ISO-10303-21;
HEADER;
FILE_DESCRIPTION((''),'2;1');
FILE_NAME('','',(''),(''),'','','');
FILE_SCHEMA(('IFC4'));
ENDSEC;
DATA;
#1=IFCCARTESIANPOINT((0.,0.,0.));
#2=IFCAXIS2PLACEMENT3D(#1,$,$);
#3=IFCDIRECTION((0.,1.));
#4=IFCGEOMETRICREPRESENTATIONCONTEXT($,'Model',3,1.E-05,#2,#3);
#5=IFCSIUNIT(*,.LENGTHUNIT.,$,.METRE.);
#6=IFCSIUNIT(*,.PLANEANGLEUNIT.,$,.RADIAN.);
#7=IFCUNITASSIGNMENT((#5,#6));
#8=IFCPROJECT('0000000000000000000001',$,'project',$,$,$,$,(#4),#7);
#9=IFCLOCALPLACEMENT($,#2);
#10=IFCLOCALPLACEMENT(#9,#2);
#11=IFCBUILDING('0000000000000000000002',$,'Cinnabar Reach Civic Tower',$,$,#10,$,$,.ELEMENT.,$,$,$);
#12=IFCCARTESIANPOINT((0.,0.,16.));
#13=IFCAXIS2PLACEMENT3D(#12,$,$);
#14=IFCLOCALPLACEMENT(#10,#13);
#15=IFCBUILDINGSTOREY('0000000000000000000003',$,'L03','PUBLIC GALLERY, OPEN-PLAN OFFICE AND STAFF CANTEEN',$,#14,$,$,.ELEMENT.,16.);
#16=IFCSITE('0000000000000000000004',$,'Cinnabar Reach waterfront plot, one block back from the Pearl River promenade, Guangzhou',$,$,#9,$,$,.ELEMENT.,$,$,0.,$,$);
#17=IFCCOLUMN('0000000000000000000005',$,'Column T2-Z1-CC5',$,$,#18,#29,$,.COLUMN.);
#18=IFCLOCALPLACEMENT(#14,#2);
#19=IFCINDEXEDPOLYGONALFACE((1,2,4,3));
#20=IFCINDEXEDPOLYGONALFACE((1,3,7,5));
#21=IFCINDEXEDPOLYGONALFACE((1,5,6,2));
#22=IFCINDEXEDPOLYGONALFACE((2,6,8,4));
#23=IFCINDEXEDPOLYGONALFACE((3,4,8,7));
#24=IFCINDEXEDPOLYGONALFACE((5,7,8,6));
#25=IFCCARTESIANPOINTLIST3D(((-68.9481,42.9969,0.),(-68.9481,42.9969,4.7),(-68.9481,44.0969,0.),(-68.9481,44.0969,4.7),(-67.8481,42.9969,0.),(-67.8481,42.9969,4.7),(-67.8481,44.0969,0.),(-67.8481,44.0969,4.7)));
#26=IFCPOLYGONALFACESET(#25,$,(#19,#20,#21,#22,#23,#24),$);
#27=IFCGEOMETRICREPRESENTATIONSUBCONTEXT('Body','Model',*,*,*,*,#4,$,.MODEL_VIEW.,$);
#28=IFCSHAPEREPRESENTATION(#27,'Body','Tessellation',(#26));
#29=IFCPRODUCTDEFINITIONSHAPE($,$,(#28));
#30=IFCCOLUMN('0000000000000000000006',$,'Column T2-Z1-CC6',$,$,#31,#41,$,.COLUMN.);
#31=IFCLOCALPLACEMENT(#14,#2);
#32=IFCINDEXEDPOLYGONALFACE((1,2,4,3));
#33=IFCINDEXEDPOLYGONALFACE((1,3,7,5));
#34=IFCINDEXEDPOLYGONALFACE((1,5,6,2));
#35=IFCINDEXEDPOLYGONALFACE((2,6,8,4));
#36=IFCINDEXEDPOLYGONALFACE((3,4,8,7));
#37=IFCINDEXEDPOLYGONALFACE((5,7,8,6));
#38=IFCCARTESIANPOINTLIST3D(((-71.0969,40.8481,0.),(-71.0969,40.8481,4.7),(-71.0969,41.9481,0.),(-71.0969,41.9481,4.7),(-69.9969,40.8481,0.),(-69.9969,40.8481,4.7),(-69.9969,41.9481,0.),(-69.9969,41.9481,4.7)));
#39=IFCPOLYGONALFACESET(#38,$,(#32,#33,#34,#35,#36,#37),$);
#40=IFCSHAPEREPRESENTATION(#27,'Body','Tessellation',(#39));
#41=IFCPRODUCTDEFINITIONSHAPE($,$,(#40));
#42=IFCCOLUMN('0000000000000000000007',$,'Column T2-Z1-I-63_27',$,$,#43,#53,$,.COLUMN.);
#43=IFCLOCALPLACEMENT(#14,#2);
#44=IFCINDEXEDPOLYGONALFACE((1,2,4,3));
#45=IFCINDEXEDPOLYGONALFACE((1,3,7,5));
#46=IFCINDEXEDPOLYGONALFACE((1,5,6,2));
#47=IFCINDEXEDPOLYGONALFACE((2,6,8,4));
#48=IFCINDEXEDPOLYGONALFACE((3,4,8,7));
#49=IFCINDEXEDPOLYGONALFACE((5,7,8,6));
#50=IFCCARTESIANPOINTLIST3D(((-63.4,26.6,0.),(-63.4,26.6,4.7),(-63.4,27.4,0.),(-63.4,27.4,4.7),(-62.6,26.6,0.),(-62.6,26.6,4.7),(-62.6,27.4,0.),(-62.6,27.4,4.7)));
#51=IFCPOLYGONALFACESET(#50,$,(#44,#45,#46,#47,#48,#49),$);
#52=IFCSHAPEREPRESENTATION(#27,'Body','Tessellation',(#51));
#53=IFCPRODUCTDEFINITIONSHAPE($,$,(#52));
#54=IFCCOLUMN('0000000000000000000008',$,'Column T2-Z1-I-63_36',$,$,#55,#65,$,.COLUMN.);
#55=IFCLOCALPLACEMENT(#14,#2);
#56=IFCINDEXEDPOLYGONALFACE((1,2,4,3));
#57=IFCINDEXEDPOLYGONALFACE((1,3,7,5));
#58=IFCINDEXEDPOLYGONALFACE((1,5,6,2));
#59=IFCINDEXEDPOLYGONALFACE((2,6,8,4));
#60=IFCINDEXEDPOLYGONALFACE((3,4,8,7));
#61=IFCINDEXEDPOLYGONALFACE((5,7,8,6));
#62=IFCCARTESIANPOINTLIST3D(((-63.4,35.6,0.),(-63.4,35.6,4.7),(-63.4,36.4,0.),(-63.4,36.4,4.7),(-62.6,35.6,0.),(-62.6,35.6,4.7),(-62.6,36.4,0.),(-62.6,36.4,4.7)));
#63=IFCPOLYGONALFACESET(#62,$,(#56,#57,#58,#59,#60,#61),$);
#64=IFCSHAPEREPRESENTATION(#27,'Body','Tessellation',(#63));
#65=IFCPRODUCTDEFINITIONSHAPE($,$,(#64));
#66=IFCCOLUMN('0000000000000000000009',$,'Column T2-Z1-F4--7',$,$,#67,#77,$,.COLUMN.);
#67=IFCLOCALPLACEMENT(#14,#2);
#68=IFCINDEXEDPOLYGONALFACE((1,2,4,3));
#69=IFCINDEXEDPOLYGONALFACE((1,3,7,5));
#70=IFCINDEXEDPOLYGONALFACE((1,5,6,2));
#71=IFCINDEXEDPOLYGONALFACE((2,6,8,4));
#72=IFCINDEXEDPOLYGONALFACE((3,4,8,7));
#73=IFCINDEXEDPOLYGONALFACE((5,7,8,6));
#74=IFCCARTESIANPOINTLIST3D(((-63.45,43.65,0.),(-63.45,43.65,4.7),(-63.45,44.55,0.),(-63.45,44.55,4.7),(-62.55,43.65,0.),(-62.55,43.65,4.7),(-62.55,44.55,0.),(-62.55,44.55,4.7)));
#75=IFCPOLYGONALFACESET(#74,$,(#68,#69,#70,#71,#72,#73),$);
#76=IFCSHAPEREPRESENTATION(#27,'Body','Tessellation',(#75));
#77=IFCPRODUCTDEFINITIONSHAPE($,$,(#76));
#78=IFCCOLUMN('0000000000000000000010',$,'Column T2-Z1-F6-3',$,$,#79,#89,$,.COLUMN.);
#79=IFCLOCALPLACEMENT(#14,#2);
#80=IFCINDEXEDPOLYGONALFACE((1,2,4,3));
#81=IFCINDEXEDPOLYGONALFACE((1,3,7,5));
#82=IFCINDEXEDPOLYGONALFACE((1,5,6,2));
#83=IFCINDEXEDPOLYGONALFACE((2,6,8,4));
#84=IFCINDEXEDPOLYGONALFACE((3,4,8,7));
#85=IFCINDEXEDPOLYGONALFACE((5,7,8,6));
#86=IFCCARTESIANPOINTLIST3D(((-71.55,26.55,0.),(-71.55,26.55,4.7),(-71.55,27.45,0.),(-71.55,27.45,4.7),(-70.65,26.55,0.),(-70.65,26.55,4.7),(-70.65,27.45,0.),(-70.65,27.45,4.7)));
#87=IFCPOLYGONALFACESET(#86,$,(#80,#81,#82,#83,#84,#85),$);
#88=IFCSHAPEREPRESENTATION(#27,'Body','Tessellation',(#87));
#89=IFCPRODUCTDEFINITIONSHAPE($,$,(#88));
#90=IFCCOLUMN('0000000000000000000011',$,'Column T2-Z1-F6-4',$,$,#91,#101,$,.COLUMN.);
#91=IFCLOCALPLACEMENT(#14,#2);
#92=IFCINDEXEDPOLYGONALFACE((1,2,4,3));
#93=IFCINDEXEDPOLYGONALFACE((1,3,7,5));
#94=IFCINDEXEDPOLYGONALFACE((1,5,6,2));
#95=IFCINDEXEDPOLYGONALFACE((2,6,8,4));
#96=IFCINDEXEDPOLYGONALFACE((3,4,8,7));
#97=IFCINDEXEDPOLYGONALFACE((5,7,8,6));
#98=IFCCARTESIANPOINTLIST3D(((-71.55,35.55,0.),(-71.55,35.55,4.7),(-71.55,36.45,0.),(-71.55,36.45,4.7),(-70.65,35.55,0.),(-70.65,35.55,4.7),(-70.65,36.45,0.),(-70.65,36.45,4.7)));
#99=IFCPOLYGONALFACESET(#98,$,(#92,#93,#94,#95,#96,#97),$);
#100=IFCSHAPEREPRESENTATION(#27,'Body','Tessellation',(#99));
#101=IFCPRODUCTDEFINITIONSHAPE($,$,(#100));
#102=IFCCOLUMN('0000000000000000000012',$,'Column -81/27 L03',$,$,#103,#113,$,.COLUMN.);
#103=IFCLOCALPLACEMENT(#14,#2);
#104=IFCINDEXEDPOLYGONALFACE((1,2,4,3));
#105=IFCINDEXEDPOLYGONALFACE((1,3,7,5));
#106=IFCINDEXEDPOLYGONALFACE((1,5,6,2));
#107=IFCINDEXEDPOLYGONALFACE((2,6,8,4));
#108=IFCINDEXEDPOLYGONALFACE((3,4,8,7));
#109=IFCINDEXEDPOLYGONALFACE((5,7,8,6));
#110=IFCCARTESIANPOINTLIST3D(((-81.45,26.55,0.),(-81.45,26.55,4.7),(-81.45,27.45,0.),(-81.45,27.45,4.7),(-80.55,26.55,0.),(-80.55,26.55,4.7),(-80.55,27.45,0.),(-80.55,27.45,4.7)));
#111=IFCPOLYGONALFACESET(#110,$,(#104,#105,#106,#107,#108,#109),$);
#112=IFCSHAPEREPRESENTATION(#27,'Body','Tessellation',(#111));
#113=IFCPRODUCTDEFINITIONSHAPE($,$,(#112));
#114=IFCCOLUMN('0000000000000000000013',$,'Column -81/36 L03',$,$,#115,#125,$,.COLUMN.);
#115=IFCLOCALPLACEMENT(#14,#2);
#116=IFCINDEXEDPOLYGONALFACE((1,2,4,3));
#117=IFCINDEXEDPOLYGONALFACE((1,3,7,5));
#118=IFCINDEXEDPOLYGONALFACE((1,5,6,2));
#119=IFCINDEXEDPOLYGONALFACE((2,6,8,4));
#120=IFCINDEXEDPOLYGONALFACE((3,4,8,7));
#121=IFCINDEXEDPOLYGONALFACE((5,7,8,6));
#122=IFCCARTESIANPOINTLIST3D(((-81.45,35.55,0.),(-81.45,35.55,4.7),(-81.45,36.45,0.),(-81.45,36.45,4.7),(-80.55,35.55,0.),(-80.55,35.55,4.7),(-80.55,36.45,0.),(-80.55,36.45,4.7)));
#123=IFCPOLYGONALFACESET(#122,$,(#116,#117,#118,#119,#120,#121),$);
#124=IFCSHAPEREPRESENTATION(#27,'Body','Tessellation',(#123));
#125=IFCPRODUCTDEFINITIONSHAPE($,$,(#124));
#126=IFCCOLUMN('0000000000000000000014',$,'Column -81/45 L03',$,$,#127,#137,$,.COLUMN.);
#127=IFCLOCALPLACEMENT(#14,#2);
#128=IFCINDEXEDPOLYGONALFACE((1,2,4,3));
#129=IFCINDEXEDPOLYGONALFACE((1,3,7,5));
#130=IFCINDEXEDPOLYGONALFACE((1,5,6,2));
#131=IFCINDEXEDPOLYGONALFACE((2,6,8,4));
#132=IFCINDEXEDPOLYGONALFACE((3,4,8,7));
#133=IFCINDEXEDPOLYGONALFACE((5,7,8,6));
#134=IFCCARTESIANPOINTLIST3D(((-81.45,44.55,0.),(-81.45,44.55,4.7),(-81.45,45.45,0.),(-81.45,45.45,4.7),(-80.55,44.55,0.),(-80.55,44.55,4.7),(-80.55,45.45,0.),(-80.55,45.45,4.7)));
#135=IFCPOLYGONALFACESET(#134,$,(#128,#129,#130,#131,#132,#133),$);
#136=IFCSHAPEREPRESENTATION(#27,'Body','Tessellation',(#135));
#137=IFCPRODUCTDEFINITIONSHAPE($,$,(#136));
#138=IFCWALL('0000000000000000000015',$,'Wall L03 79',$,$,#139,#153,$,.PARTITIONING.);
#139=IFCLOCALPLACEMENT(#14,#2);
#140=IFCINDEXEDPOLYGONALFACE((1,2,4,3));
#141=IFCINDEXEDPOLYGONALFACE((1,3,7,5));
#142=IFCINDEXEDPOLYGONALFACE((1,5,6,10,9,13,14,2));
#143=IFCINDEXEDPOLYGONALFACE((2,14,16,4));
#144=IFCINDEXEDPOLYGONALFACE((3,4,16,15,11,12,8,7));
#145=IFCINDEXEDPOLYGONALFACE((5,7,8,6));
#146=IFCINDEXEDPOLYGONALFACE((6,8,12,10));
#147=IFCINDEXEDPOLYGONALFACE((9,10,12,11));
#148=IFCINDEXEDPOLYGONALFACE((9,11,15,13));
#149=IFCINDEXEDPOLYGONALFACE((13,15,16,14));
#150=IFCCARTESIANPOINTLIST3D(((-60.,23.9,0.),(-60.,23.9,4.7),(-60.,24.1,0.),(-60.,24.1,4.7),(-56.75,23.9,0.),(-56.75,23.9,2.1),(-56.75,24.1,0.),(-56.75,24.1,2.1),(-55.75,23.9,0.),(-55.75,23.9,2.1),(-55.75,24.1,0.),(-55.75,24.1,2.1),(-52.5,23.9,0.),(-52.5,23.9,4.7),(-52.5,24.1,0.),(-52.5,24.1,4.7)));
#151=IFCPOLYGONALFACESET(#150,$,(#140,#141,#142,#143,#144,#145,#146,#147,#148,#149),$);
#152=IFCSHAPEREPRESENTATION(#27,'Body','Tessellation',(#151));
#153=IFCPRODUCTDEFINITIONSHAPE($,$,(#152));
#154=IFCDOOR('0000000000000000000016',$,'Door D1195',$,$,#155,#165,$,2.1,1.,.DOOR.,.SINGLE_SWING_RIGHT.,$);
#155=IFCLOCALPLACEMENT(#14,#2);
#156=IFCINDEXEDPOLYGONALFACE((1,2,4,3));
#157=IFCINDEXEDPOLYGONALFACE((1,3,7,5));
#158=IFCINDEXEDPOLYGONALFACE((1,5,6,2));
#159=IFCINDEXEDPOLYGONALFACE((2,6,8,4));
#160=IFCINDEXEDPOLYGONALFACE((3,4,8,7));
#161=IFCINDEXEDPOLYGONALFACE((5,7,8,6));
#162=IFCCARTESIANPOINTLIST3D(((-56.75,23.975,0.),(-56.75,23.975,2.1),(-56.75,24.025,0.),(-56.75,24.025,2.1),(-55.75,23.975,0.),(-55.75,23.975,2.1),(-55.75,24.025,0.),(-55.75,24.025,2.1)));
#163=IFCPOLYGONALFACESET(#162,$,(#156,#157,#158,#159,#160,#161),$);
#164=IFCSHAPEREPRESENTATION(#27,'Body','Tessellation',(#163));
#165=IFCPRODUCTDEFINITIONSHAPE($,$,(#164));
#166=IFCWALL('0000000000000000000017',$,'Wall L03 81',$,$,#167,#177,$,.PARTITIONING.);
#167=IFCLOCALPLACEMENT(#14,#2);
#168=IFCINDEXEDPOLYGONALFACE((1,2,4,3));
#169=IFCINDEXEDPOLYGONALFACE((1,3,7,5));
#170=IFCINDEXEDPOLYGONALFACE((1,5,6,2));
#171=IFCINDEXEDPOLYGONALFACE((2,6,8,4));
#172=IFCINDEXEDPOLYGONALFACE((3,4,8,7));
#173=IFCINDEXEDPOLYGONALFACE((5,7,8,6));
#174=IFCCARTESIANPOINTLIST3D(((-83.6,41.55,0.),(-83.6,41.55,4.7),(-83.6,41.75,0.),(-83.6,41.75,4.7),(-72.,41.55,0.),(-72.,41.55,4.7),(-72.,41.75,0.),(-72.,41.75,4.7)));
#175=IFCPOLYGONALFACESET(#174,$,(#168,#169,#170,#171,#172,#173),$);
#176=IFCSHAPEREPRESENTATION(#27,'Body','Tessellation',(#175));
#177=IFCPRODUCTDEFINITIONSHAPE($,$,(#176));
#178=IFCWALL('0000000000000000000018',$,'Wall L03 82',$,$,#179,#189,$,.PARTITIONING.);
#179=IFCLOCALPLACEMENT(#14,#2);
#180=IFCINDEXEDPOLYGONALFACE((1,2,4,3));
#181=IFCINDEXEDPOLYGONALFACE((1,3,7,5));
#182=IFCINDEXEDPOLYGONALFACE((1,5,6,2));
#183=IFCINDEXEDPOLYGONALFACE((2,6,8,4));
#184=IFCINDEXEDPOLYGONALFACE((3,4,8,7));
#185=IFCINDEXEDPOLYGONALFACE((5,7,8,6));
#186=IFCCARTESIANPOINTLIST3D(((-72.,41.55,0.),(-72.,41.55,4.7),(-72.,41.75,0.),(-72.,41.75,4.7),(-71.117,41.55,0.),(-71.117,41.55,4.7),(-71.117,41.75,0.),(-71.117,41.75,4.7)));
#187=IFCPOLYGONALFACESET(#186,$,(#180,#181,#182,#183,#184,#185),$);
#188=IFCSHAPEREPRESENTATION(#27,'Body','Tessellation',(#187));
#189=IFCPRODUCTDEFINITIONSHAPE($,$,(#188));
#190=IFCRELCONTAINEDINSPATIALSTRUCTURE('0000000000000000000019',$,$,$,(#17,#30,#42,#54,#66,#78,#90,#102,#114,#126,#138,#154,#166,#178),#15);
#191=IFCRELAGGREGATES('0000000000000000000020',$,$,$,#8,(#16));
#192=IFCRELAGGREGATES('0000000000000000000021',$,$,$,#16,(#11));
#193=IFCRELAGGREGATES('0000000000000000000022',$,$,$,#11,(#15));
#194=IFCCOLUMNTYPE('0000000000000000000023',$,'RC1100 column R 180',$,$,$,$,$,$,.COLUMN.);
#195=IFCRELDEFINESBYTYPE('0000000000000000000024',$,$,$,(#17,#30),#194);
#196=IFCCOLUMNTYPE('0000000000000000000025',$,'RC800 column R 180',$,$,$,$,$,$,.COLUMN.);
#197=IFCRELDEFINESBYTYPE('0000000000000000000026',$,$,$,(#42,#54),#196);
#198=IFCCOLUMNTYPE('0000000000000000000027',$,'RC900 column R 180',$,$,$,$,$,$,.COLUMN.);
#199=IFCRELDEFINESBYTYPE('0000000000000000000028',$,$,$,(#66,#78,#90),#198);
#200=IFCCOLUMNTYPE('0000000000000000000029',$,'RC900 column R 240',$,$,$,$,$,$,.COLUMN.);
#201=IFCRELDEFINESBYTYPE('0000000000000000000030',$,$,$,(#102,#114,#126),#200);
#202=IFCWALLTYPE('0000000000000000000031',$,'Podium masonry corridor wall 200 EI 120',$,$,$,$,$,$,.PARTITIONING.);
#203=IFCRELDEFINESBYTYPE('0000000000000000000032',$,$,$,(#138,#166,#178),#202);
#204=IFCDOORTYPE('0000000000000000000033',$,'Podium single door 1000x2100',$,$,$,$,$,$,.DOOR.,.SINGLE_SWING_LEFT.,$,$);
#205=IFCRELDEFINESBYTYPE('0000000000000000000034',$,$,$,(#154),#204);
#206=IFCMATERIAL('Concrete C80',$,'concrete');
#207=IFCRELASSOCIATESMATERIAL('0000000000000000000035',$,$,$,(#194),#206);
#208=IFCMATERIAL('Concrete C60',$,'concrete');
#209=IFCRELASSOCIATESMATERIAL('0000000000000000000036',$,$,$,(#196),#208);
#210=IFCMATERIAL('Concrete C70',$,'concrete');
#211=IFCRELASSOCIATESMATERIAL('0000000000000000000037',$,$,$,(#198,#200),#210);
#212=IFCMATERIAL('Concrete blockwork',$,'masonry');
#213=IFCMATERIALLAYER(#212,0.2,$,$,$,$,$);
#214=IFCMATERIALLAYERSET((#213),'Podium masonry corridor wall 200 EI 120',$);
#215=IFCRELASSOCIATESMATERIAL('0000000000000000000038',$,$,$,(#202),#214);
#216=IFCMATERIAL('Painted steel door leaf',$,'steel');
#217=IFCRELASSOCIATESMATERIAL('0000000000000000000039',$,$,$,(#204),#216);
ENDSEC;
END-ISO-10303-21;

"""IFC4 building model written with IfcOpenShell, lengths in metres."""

from ifc_helpers import new_model, si_unit, direction, frame, frame_2d, origin, origin_2d, place, context, subcontext, project, spatial, rectangle, extrude, material, layer, layer_set, material_profile, profile_set, type_object, element, fill, save


model = new_model("IFC4")

# Units and contexts
model_context = context("Model", 3, precision=1e-05, world=origin(), true_north=direction((0.0, 1.0)))
body_context = subcontext(model_context, "Body", "Model", "MODEL_VIEW")
ifc_project = project(units=[si_unit("LENGTHUNIT", "METRE"), si_unit("PLANEANGLEUNIT", "RADIAN")], contexts=[model_context])

# Site, building, storey
site_placement = place(None, origin())
site = spatial("IfcSite", under=ifc_project, at=site_placement, Name="Cinnabar Reach waterfront plot, one block back from the Pearl River promenade, Guangzhou", CompositionType="ELEMENT", RefElevation=0.0)
building_placement = place(site_placement, origin())
building = spatial("IfcBuilding", under=site, at=building_placement, Name="Cinnabar Reach Civic Tower", CompositionType="ELEMENT")
storey_placement = place(building_placement, frame((0.0, 0.0, 16.0)))
storey = spatial("IfcBuildingStorey", under=building, at=storey_placement, Name="L03", Description="PUBLIC GALLERY, OPEN-PLAN OFFICE AND STAFF CANTEEN", CompositionType="ELEMENT", Elevation=16.0)

# Columns
ifc_material_1 = material(Name="Concrete C80", Category="concrete")
ifc_material_profile_1 = material_profile(ifc_material_1, rectangle(XDim=1.1, YDim=1.1, at=origin_2d()), Name="RC1100")
ifc_profile_set_1 = profile_set([ifc_material_profile_1], Name="Concrete C80")
column_type_1 = type_object("IfcColumnType", Name="RC1100 column R 180", PredefinedType="COLUMN", material=ifc_profile_set_1)
for number, where, z_axis, x_axis, name in (
    (1, (-68.3981, 43.5469, 0.0), (0.0, 0.0, 1.0), (1.0, 0.0, 0.0), "Column T2-Z1-CC5"),
    (2, (-70.5469, 41.3981, 0.0), (0.0, 0.0, 1.0), (1.0, 0.0, 0.0), "Column T2-Z1-CC6"),
):
    element("IfcColumn", number, at=place(storey_placement, frame(where, z_axis=z_axis, x_axis=x_axis)), inside=storey, type_object=column_type_1, Name=name, PredefinedType="COLUMN", context=body_context, shape_type="SweptSolid", body=[
        extrude(rectangle(XDim=1.1, YDim=1.1, at=origin_2d()), origin(), (0.0, 0.0, 1.0), 4.7),
    ])
ifc_material_2 = material(Name="Concrete C60", Category="concrete")
ifc_material_profile_2 = material_profile(ifc_material_2, rectangle(XDim=0.8, YDim=0.8, at=origin_2d()), Name="RC800")
ifc_profile_set_2 = profile_set([ifc_material_profile_2], Name="Concrete C60")
column_type_2 = type_object("IfcColumnType", Name="RC800 column R 180", PredefinedType="COLUMN", material=ifc_profile_set_2)
for number, where, z_axis, x_axis, name in (
    (3, (-63.0, 27.0, 0.0), (0.0, 0.0, 1.0), (1.0, 0.0, 0.0), "Column T2-Z1-I-63_27"),
    (4, (-63.0, 36.0, 0.0), (0.0, 0.0, 1.0), (1.0, 0.0, 0.0), "Column T2-Z1-I-63_36"),
):
    element("IfcColumn", number, at=place(storey_placement, frame(where, z_axis=z_axis, x_axis=x_axis)), inside=storey, type_object=column_type_2, Name=name, PredefinedType="COLUMN", context=body_context, shape_type="SweptSolid", body=[
        extrude(rectangle(XDim=0.8, YDim=0.8, at=origin_2d()), origin(), (0.0, 0.0, 1.0), 4.7),
    ])
ifc_material_3 = material(Name="Concrete C70", Category="concrete")
ifc_material_profile_3 = material_profile(ifc_material_3, rectangle(XDim=0.9, YDim=0.9, at=origin_2d()), Name="RC900")
ifc_profile_set_3 = profile_set([ifc_material_profile_3], Name="Concrete C70")
column_type_3 = type_object("IfcColumnType", Name="RC900 column R 180", PredefinedType="COLUMN", material=ifc_profile_set_3)
for number, where, z_axis, x_axis, name in (
    (5, (-63.0, 44.1, 0.0), (0.0, 0.0, 1.0), (1.0, 0.0, 0.0), "Column T2-Z1-F4--7"),
    (6, (-71.1, 27.0, 0.0), (0.0, 0.0, 1.0), (1.0, 0.0, 0.0), "Column T2-Z1-F6-3"),
    (7, (-71.1, 36.0, 0.0), (0.0, 0.0, 1.0), (1.0, 0.0, 0.0), "Column T2-Z1-F6-4"),
):
    element("IfcColumn", number, at=place(storey_placement, frame(where, z_axis=z_axis, x_axis=x_axis)), inside=storey, type_object=column_type_3, Name=name, PredefinedType="COLUMN", context=body_context, shape_type="SweptSolid", body=[
        extrude(rectangle(XDim=0.9, YDim=0.9, at=origin_2d()), origin(), (0.0, 0.0, 1.0), 4.7),
    ])
ifc_material_profile_4 = material_profile(ifc_material_3, rectangle(XDim=0.9, YDim=0.9, at=origin_2d()), Name="RC900")
ifc_profile_set_4 = profile_set([ifc_material_profile_4], Name="Concrete C70")
column_type_4 = type_object("IfcColumnType", Name="RC900 column R 240", PredefinedType="COLUMN", material=ifc_profile_set_4)
for number, where, z_axis, x_axis, name in (
    (8, (-81.0, 27.0, 0.0), (0.0, 0.0, 1.0), (1.0, 0.0, 0.0), "Column -81/27 L03"),
    (9, (-81.0, 36.0, 0.0), (0.0, 0.0, 1.0), (1.0, 0.0, 0.0), "Column -81/36 L03"),
    (10, (-81.0, 45.0, 0.0), (0.0, 0.0, 1.0), (1.0, 0.0, 0.0), "Column -81/45 L03"),
):
    element("IfcColumn", number, at=place(storey_placement, frame(where, z_axis=z_axis, x_axis=x_axis)), inside=storey, type_object=column_type_4, Name=name, PredefinedType="COLUMN", context=body_context, shape_type="SweptSolid", body=[
        extrude(rectangle(XDim=0.9, YDim=0.9, at=origin_2d()), origin(), (0.0, 0.0, 1.0), 4.7),
    ])

# Wall, opening, door
ifc_material_4 = material(Name="Concrete blockwork", Category="masonry")
ifc_layer_1 = layer(ifc_material_4, 0.2)
ifc_layer_set_1 = layer_set([ifc_layer_1], Name="Podium masonry corridor wall 200 EI 120")
wall_type_1 = type_object("IfcWallType", Name="Podium masonry corridor wall 200 EI 120", PredefinedType="PARTITIONING", material=ifc_layer_set_1)
wall_1_placement = place(storey_placement, frame((-60.0, 24.0, 0.0), z_axis=(0.0, 0.0, 1.0), x_axis=(1.0, 0.0, 0.0)))
wall_1 = element("IfcWall", 11, at=wall_1_placement, inside=storey, type_object=wall_type_1, Name="Wall L03 79", PredefinedType="PARTITIONING", context=body_context, shape_type="SweptSolid", body=[
    extrude(rectangle(XDim=7.5, YDim=0.2, at=frame_2d((3.75, 0.0))), origin(), (0.0, 0.0, 1.0), 4.7),
])
opening_1_placement = place(wall_1_placement, frame((3.25, 0.0, 0.0)))
opening_1 = element("IfcOpeningElement", 12, at=opening_1_placement, cuts=wall_1, PredefinedType="OPENING", context=body_context, shape_type="SweptSolid", body=[
    extrude(rectangle(XDim=1.0, YDim=2.1, at=frame_2d((0.5, 1.05))), frame((0.0, 0.11, 0.0), z_axis=(0.0, -1.0, 0.0), x_axis=(1.0, 0.0, 0.0)), (0.0, 0.0, 1.0), 0.22),
])
ifc_material_5 = material(Name="Painted steel door leaf", Category="steel")
door_type_1 = type_object("IfcDoorType", Name="Podium single door 1000x2100", OperationType="SINGLE_SWING_LEFT", PredefinedType="DOOR", material=ifc_material_5)
door_1_placement = place(opening_1_placement, origin())
door_1 = element("IfcDoor", 13, at=door_1_placement, inside=storey, type_object=door_type_1, Name="Door D1195", OperationType="SINGLE_SWING_RIGHT", OverallHeight=2.1, OverallWidth=1.0, PredefinedType="DOOR", context=body_context, shape_type="SweptSolid", body=[
    extrude(rectangle(XDim=1.0, YDim=2.1, at=frame_2d((0.5, 1.05))), frame((0.0, 0.025, 0.0), z_axis=(0.0, -1.0, 0.0), x_axis=(1.0, 0.0, 0.0)), (0.0, 0.0, 1.0), 0.05),
])
fill(opening_1, door_1)

# Walls
wall_2_placement = place(storey_placement, frame((-83.6, 41.65, 0.0), z_axis=(0.0, 0.0, 1.0), x_axis=(1.0, 0.0, 0.0)))
element("IfcWall", 14, at=wall_2_placement, inside=storey, type_object=wall_type_1, Name="Wall L03 81", PredefinedType="PARTITIONING", context=body_context, shape_type="SweptSolid", body=[
    extrude(rectangle(XDim=11.6, YDim=0.2, at=frame_2d((5.8, 0.0))), origin(), (0.0, 0.0, 1.0), 4.7),
])
wall_3_placement = place(storey_placement, frame((-72.0, 41.65, 0.0), z_axis=(0.0, 0.0, 1.0), x_axis=(1.0, 0.0, 0.0)))
element("IfcWall", 15, at=wall_3_placement, inside=storey, type_object=wall_type_1, Name="Wall L03 82", PredefinedType="PARTITIONING", context=body_context, shape_type="SweptSolid", body=[
    extrude(rectangle(XDim=0.8831, YDim=0.2, at=frame_2d((0.4415, 0.0))), origin(), (0.0, 0.0, 1.0), 4.7),
])

save(model, "model.ifc")
